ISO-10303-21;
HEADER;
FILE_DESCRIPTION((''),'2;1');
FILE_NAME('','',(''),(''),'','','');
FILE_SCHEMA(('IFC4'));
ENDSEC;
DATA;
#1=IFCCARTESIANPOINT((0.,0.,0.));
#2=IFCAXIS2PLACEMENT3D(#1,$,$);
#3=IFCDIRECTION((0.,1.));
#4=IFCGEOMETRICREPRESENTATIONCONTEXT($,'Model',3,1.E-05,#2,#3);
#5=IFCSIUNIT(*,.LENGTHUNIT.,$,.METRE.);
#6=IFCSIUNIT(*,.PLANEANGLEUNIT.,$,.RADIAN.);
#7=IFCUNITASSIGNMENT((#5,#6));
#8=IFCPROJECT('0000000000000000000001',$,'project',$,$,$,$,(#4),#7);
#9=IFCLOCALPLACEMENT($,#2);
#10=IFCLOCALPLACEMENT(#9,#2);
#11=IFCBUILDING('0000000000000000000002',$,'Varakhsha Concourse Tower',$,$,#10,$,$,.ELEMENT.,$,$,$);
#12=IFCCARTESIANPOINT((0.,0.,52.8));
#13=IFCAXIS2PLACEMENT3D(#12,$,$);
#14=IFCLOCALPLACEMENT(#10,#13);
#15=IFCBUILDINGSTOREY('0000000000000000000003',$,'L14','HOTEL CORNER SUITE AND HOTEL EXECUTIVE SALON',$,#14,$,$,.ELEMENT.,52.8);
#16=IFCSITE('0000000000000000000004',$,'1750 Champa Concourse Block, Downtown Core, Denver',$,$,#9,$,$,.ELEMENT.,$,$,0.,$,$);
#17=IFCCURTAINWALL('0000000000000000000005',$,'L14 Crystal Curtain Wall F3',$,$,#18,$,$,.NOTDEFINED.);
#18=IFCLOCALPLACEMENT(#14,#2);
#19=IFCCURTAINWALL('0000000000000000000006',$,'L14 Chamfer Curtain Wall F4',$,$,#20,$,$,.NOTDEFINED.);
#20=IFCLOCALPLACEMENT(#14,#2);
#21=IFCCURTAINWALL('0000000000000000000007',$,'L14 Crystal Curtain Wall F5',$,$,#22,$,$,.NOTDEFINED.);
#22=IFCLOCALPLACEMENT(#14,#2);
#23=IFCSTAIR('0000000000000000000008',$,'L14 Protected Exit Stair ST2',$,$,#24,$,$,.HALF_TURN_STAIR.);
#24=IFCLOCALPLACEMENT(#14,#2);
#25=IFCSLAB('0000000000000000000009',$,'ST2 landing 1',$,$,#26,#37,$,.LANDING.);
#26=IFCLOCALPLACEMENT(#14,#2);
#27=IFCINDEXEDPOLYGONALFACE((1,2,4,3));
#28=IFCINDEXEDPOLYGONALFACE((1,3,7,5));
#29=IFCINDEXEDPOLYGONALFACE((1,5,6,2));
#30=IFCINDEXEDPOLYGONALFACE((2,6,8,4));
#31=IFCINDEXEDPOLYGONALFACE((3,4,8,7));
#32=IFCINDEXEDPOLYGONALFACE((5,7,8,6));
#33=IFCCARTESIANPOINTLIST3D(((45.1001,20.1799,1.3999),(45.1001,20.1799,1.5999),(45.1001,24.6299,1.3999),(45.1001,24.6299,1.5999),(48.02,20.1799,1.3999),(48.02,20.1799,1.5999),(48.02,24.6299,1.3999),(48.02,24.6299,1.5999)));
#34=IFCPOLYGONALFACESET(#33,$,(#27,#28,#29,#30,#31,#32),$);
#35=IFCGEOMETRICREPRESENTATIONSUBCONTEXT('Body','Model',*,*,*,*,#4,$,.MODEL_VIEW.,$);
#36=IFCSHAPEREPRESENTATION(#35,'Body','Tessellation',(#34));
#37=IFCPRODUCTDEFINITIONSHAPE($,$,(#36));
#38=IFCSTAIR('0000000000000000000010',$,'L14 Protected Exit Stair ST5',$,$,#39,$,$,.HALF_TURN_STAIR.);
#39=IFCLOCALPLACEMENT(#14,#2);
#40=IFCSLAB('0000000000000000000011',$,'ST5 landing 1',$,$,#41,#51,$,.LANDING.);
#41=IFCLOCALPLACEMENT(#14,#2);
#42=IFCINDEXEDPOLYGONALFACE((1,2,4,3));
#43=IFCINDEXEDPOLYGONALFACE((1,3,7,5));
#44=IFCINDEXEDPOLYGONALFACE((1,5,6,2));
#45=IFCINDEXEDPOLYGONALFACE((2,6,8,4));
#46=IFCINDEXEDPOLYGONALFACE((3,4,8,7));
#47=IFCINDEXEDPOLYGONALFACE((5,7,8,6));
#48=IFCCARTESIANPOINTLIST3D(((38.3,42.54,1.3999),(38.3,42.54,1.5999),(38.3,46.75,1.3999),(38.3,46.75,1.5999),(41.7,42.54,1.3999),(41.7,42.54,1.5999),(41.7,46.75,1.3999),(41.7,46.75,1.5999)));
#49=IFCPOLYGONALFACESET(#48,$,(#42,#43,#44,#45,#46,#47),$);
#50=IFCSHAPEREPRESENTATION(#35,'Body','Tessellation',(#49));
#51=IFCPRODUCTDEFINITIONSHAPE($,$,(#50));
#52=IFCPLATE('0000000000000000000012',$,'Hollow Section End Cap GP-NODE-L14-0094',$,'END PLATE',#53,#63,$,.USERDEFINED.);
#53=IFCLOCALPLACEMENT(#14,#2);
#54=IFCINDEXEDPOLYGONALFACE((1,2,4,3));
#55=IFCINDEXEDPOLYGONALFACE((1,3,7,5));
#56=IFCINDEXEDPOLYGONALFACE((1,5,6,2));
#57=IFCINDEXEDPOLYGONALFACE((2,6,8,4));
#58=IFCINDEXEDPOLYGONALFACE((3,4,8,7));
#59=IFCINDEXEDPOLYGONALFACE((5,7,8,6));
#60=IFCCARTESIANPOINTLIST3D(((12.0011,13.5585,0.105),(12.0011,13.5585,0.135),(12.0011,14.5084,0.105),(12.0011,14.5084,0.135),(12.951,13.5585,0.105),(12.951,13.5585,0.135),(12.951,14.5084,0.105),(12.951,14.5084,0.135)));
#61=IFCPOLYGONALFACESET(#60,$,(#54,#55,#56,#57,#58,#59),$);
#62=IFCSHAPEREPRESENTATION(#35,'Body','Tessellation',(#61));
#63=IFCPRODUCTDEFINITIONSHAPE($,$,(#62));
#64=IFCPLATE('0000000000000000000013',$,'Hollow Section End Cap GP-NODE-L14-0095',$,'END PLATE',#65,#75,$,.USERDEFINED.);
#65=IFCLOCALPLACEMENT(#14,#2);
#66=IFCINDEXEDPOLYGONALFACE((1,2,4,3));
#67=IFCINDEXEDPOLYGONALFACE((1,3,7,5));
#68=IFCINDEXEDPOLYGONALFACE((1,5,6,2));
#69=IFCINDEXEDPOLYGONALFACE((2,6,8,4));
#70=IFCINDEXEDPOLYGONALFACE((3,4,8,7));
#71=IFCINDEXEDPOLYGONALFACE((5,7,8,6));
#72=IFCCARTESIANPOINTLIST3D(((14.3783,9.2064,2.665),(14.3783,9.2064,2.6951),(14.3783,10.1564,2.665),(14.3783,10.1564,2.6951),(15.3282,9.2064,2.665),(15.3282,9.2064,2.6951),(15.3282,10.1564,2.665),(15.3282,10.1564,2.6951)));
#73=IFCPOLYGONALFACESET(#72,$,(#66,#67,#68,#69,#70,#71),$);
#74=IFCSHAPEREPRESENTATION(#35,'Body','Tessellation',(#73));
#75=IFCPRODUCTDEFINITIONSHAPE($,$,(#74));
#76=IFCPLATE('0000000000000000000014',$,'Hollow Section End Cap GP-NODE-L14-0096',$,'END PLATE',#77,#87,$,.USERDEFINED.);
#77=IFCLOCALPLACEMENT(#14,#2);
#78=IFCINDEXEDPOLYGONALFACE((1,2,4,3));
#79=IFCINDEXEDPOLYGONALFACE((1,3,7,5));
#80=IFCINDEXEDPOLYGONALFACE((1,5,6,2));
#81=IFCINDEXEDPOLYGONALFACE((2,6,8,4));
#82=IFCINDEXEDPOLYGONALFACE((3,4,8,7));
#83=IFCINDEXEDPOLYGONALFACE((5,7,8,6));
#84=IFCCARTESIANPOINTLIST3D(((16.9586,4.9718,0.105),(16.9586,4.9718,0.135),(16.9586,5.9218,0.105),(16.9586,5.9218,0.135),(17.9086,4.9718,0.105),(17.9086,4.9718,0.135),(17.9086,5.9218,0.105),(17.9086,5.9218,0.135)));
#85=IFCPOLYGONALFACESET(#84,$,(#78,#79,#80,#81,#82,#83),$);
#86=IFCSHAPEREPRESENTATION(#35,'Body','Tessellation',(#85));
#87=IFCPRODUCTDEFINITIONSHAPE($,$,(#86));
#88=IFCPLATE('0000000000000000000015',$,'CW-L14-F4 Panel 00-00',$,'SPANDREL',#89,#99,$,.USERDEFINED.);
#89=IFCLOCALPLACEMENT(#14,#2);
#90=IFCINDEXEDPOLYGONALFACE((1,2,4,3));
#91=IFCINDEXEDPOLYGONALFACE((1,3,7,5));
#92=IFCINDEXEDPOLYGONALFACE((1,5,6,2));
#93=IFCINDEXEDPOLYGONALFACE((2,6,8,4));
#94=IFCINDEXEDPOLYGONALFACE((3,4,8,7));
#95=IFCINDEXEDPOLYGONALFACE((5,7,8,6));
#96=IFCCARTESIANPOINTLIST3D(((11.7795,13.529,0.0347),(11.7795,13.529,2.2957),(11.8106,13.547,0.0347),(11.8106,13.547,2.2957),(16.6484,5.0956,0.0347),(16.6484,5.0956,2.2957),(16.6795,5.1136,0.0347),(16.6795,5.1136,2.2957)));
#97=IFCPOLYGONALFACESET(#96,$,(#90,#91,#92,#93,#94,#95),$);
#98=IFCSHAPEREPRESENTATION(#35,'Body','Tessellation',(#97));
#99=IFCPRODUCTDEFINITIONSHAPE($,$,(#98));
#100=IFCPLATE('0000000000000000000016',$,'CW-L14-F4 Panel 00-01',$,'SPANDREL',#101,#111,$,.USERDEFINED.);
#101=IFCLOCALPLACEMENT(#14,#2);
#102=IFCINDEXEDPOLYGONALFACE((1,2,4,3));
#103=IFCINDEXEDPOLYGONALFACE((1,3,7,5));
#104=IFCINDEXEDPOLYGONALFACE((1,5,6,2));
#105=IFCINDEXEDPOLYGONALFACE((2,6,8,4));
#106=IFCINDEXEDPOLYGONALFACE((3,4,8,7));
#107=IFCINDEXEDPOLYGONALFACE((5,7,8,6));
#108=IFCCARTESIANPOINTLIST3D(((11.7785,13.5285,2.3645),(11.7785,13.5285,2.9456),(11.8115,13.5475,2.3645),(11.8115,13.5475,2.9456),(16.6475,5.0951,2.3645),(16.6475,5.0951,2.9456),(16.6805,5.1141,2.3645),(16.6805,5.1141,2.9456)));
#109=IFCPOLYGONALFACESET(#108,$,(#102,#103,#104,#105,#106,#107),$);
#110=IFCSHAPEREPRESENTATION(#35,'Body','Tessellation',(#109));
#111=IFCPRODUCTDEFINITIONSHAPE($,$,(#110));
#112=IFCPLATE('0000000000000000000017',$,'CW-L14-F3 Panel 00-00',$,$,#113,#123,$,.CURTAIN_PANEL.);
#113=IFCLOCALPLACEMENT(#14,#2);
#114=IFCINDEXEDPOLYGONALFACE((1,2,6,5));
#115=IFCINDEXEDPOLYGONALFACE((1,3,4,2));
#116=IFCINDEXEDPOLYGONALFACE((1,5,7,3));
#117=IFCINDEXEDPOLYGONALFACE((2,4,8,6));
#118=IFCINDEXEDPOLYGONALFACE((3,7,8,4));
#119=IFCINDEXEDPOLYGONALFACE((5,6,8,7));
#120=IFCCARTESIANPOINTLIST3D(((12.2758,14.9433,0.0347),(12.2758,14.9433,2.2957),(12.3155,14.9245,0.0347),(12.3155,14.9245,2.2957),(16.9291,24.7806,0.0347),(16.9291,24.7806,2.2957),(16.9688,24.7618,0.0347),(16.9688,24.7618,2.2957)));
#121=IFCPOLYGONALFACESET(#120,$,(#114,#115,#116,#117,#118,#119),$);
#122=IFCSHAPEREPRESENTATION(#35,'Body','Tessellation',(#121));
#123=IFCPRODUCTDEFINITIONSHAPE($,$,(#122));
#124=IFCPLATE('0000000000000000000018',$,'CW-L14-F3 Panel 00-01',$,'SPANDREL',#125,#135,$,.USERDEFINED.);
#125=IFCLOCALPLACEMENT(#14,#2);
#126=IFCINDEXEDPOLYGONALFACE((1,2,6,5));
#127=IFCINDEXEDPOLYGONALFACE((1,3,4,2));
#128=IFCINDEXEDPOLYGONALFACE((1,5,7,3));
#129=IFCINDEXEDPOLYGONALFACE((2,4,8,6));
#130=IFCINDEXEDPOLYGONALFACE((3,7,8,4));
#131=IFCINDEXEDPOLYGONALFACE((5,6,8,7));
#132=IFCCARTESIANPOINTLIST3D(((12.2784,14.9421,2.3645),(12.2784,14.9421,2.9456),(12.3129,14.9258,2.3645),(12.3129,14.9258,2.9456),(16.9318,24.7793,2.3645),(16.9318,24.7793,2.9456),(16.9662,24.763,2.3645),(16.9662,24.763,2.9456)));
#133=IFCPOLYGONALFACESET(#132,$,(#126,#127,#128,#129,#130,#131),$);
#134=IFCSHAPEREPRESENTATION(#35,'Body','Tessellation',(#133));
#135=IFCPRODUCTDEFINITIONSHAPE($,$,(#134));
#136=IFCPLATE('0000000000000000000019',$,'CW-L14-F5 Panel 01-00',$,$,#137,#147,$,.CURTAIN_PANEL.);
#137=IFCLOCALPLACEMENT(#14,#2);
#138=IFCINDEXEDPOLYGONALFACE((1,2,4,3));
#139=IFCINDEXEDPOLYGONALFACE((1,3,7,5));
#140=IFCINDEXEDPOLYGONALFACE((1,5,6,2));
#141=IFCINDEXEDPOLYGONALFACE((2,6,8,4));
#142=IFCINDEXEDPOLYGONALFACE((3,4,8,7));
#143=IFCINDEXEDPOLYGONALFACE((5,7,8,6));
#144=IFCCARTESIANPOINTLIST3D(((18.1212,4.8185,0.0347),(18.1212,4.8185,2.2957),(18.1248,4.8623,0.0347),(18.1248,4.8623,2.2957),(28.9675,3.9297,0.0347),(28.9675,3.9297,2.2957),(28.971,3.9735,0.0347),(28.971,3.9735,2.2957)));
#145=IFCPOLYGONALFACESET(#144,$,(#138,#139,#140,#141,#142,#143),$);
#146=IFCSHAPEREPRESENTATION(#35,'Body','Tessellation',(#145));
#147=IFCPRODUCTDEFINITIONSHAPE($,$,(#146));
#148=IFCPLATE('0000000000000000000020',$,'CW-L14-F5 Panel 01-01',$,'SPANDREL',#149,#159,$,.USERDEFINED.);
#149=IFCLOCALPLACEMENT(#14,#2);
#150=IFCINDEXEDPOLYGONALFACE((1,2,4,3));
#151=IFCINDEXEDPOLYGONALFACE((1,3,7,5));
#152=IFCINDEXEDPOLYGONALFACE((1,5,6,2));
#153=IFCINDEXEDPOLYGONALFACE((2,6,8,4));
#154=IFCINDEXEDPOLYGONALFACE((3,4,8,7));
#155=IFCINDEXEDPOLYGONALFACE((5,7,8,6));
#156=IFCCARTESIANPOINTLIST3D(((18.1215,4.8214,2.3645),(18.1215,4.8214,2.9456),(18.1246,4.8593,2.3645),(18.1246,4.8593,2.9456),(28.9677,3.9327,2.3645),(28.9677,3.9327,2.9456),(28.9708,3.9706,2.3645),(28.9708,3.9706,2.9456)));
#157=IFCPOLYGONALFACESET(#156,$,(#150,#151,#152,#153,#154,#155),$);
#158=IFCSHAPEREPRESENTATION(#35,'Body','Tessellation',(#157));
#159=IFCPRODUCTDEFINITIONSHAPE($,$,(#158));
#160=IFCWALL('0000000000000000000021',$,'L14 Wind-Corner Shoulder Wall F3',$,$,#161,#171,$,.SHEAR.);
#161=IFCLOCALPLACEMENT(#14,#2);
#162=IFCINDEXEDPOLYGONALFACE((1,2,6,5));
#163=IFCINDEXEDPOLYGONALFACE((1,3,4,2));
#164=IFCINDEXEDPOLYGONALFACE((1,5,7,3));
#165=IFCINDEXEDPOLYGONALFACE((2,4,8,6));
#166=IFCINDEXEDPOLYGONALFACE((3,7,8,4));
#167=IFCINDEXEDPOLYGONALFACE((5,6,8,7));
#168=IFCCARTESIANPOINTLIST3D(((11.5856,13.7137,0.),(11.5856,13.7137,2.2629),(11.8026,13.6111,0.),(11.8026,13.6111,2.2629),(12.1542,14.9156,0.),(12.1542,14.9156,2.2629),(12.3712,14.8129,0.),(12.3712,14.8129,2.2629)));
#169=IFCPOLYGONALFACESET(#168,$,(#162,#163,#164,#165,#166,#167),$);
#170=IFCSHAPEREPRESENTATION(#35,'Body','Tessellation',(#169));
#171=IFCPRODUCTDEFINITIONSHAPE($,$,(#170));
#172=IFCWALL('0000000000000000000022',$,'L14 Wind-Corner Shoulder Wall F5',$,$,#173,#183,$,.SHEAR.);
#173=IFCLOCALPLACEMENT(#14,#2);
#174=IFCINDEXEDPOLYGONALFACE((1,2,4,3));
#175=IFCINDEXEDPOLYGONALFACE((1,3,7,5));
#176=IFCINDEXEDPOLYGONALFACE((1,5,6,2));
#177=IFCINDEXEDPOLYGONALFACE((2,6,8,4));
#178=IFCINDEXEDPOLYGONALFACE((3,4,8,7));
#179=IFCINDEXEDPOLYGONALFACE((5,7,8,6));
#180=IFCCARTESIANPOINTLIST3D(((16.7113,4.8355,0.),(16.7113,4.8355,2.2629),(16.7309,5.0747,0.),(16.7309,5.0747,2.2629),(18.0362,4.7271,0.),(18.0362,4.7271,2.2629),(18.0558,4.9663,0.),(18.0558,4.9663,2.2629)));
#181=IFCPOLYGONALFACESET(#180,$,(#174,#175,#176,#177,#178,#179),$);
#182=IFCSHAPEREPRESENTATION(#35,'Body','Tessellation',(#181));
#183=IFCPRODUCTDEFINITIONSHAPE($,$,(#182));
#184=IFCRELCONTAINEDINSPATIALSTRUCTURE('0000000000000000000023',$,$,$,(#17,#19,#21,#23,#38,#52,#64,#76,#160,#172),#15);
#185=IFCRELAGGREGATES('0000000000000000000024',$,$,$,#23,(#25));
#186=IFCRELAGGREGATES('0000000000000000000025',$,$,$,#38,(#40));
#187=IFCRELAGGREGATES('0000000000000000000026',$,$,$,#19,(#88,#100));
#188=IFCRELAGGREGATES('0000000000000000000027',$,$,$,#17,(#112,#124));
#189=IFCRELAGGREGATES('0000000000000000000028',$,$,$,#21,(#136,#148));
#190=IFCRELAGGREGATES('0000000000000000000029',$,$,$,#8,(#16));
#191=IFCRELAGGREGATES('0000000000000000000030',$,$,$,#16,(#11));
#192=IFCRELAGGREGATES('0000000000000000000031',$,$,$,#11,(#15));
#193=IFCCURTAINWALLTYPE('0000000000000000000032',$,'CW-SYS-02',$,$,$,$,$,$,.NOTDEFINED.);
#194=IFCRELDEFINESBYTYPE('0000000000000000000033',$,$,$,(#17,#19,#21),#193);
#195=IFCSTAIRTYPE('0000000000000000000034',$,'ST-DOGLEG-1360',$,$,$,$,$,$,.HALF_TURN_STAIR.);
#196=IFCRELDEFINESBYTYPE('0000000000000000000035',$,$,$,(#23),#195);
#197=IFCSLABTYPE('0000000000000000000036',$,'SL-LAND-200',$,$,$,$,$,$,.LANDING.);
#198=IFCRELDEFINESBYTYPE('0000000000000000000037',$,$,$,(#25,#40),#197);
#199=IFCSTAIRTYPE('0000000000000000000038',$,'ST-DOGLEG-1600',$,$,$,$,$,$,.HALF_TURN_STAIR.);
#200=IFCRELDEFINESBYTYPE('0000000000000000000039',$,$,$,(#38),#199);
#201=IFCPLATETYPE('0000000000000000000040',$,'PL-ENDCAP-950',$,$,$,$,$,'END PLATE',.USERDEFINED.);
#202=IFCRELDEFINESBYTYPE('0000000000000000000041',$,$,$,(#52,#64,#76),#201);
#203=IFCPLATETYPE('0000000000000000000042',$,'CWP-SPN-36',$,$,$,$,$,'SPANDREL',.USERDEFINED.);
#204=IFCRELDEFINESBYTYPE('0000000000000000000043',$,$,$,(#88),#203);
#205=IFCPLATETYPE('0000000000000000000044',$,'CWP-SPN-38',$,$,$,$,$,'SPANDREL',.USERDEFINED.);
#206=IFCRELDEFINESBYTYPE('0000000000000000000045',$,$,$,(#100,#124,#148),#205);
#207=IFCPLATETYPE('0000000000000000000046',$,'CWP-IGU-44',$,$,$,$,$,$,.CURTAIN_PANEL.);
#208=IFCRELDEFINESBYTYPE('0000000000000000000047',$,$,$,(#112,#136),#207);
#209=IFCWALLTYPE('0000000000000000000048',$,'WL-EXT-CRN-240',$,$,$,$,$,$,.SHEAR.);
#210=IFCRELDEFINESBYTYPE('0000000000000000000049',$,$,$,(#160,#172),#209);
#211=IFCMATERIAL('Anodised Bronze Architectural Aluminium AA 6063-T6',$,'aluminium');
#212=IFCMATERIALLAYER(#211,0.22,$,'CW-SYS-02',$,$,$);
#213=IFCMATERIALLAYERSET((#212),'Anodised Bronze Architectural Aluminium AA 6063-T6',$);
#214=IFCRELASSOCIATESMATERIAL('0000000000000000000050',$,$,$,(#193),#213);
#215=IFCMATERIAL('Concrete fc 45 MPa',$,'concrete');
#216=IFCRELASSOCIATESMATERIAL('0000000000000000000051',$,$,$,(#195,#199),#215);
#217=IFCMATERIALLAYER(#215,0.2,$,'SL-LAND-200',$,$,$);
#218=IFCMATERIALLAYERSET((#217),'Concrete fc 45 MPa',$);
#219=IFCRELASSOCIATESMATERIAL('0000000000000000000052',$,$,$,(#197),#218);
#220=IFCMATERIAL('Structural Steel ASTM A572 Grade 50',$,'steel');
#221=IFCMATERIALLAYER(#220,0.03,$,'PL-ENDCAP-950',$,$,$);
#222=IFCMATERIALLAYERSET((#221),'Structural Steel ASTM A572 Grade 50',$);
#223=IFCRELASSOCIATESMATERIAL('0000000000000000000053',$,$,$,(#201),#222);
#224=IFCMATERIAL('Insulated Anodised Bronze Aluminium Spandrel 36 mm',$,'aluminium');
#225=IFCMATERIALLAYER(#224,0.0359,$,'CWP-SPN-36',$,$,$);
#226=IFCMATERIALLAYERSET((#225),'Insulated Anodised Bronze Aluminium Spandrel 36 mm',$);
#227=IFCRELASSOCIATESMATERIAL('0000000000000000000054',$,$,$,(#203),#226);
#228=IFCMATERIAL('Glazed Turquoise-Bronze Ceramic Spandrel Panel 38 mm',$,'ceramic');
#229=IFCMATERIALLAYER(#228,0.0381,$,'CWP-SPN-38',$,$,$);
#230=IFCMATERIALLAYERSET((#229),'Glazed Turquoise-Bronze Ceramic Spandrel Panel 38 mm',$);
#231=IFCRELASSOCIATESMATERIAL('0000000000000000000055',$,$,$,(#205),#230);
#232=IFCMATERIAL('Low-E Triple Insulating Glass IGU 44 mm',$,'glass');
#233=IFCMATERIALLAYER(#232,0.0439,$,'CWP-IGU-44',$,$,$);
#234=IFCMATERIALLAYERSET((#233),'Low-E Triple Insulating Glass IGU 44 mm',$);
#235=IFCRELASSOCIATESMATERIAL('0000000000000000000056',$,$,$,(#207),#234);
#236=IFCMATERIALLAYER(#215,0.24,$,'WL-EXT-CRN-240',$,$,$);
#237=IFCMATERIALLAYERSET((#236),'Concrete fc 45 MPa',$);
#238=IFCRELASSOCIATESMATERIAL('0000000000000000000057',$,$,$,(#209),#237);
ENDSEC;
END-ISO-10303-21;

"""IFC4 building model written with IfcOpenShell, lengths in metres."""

from ifc_helpers import new_model, si_unit, direction, frame, frame_2d, origin, origin_2d, place, context, subcontext, project, spatial, polyline, rectangle, outline, extrude, source, transform, mapped, material, layer, layer_set, type_object, type_shapes, element, aggregate, save


model = new_model("IFC4")

# Units and contexts
model_context = context("Model", 3, precision=1e-05, world=origin(), true_north=direction((0.0, 1.0)))
body_context = subcontext(model_context, "Body", "Model", "MODEL_VIEW")
ifc_project = project(units=[si_unit("LENGTHUNIT", "METRE"), si_unit("PLANEANGLEUNIT", "RADIAN")], contexts=[model_context])

# Site, building, storey
site_placement = place(None, origin())
site = spatial("IfcSite", under=ifc_project, at=site_placement, Name="1750 Champa Concourse Block, Downtown Core, Denver", CompositionType="ELEMENT", RefElevation=0.0)
building_placement = place(site_placement, origin())
building = spatial("IfcBuilding", under=site, at=building_placement, Name="Varakhsha Concourse Tower", CompositionType="ELEMENT")
storey_placement = place(building_placement, frame((0.0, 0.0, 52.8)))
storey = spatial("IfcBuildingStorey", under=building, at=storey_placement, Name="L14", Description="HOTEL CORNER SUITE AND HOTEL EXECUTIVE SALON", CompositionType="ELEMENT", Elevation=52.8)

# Shared definitions
ifc_material_1 = material(Name="Structural Steel ASTM A572 Grade 50", Category="steel")

# Curtain wall
ifc_material_2 = material(Name="Anodised Bronze Architectural Aluminium AA 6063-T6", Category="aluminium")
ifc_layer_1 = layer(ifc_material_2, 0.22, Name="CW-SYS-02")
ifc_layer_set_1 = layer_set([ifc_layer_1], Name="Anodised Bronze Architectural Aluminium AA 6063-T6")
curtain_wall_type = type_object("IfcCurtainWallType", Name="CW-SYS-02", PredefinedType="NOTDEFINED", material=ifc_layer_set_1)
curtain_wall_1_placement = place(storey_placement, origin())
curtain_wall_1 = element("IfcCurtainWall", 1, at=curtain_wall_1_placement, inside=storey, type_object=curtain_wall_type, Name="L14 Crystal Curtain Wall F3", PredefinedType="NOTDEFINED")

# Curtain wall
curtain_wall_2_placement = place(storey_placement, origin())
curtain_wall_2 = element("IfcCurtainWall", 2, at=curtain_wall_2_placement, inside=storey, type_object=curtain_wall_type, Name="L14 Chamfer Curtain Wall F4", PredefinedType="NOTDEFINED")

# Curtain wall
curtain_wall_3_placement = place(storey_placement, origin())
curtain_wall_3 = element("IfcCurtainWall", 3, at=curtain_wall_3_placement, inside=storey, type_object=curtain_wall_type, Name="L14 Crystal Curtain Wall F5", PredefinedType="NOTDEFINED")

# Shared definitions
ifc_material_3 = material(Name="Concrete fc 45 MPa", Category="concrete")

# Stairs, slabs
stair_type_1 = type_object("IfcStairType", Name="ST-DOGLEG-1360", PredefinedType="HALF_TURN_STAIR", material=ifc_material_3)
ifc_layer_2 = layer(ifc_material_3, 0.2, Name="SL-LAND-200")
ifc_layer_set_2 = layer_set([ifc_layer_2], Name="Concrete fc 45 MPa")
slab_type_1 = type_object("IfcSlabType", Name="SL-LAND-200", PredefinedType="LANDING", material=ifc_layer_set_2)
stair_1_placement = place(storey_placement, origin())
stair_1 = element("IfcStair", 4, at=stair_1_placement, inside=storey, type_object=stair_type_1, Name="L14 Protected Exit Stair ST2", PredefinedType="HALF_TURN_STAIR")
slab_1_placement = place(storey_placement, frame((0.0, 0.0, 1.3999)))
slab_1 = element("IfcSlab", 5, at=slab_1_placement, type_object=slab_type_1, Name="ST2 landing 1", PredefinedType="LANDING", context=body_context, shape_type="SweptSolid", body=[
    extrude(outline(polyline([(48.02, 20.1799), (48.02, 24.6299), (45.1001, 24.6299), (45.1001, 20.1799), (48.02, 20.1799)])), origin(), (0.0, 0.0, 1.0), 0.2),
])
aggregate(stair_1, [slab_1])
stair_type_2 = type_object("IfcStairType", Name="ST-DOGLEG-1600", PredefinedType="HALF_TURN_STAIR", material=ifc_material_3)
stair_2_placement = place(storey_placement, origin())
stair_2 = element("IfcStair", 6, at=stair_2_placement, inside=storey, type_object=stair_type_2, Name="L14 Protected Exit Stair ST5", PredefinedType="HALF_TURN_STAIR")
slab_2_placement = place(storey_placement, frame((0.0, 0.0, 1.3999)))
slab_2 = element("IfcSlab", 7, at=slab_2_placement, type_object=slab_type_1, Name="ST5 landing 1", PredefinedType="LANDING", context=body_context, shape_type="SweptSolid", body=[
    extrude(outline(polyline([(41.7, 42.54), (41.7, 46.75), (38.3, 46.75), (38.3, 42.54), (41.7, 42.54)])), origin(), (0.0, 0.0, 1.0), 0.2),
])
aggregate(stair_2, [slab_2])

# Plates
ifc_layer_3 = layer(ifc_material_1, 0.03, Name="PL-ENDCAP-950")
ifc_layer_set_3 = layer_set([ifc_layer_3], Name="Structural Steel ASTM A572 Grade 50")
plate_type_1 = type_object("IfcPlateType", Name="PL-ENDCAP-950", ElementType="END PLATE", PredefinedType="USERDEFINED", material=ifc_layer_set_3)
shared_shape_1 = source(origin(), body_context, "Body", "SweptSolid", [
    extrude(rectangle(XDim=0.95, YDim=0.95, at=origin_2d()), origin(), (0.0, 0.0, 1.0), 0.03),
])
type_shapes(plate_type_1, [shared_shape_1])
for number, where, z_axis, x_axis, name in (
    (8, (12.4761, 14.0334, 0.105), (0.0, 0.0, 1.0), (1.0, 0.0, 0.0), "Hollow Section End Cap GP-NODE-L14-0094"),
    (9, (14.8533, 9.6814, 2.665), (0.0, 0.0, 1.0), (1.0, 0.0, 0.0), "Hollow Section End Cap GP-NODE-L14-0095"),
    (10, (17.4336, 5.4468, 0.105), (0.0, 0.0, 1.0), (1.0, 0.0, 0.0), "Hollow Section End Cap GP-NODE-L14-0096"),
):
    element("IfcPlate", number, at=place(storey_placement, frame(where, z_axis=z_axis, x_axis=x_axis)), inside=storey, type_object=plate_type_1, Name=name, ObjectType="END PLATE", PredefinedType="USERDEFINED", context=body_context, shape_type="MappedRepresentation", body=[
        mapped(shared_shape_1, transform((0.0, 0.0, 0.0), scale=1.0)),
    ])

# Plates
ifc_material_4 = material(Name="Insulated Anodised Bronze Aluminium Spandrel 36 mm", Category="aluminium")
ifc_layer_4 = layer(ifc_material_4, 0.0359, Name="CWP-SPN-36")
ifc_layer_set_4 = layer_set([ifc_layer_4], Name="Insulated Anodised Bronze Aluminium Spandrel 36 mm")
plate_type_2 = type_object("IfcPlateType", Name="CWP-SPN-36", ElementType="SPANDREL", PredefinedType="USERDEFINED", material=ifc_layer_set_4)
shared_shape_2 = source(origin(), body_context, "Body", "SweptSolid", [
    extrude(rectangle(XDim=9.738, YDim=0.0359, at=origin_2d()), origin(), (0.0, 0.0, 1.0), 2.261),
])
type_shapes(plate_type_2, [shared_shape_2])
plate_1_placement = place(storey_placement, frame((14.2295, 9.3213, 0.0347), z_axis=(0.0, 0.0, 1.0), x_axis=(-0.499994, 0.866029, 0.0)))
plate_1 = element("IfcPlate", 11, at=plate_1_placement, type_object=plate_type_2, Name="CW-L14-F4 Panel 00-00", ObjectType="SPANDREL", PredefinedType="USERDEFINED", context=body_context, shape_type="MappedRepresentation", body=[
    mapped(shared_shape_2, transform((0.0, 0.0, 0.0), scale=1.0)),
])
ifc_material_5 = material(Name="Glazed Turquoise-Bronze Ceramic Spandrel Panel 38 mm", Category="ceramic")
ifc_layer_5 = layer(ifc_material_5, 0.0381, Name="CWP-SPN-38")
ifc_layer_set_5 = layer_set([ifc_layer_5], Name="Glazed Turquoise-Bronze Ceramic Spandrel Panel 38 mm")
plate_type_3 = type_object("IfcPlateType", Name="CWP-SPN-38", ElementType="SPANDREL", PredefinedType="USERDEFINED", material=ifc_layer_set_5)
shared_shape_3 = source(origin(), body_context, "Body", "SweptSolid", [
    extrude(rectangle(XDim=9.738, YDim=0.0381, at=origin_2d()), origin(), (0.0, 0.0, 1.0), 0.5811),
])
plate_2_placement = place(storey_placement, frame((14.2295, 9.3213, 2.3645), z_axis=(0.0, 0.0, 1.0), x_axis=(-0.499994, 0.866029, 0.0)))
plate_2 = element("IfcPlate", 12, at=plate_2_placement, type_object=plate_type_3, Name="CW-L14-F4 Panel 00-01", ObjectType="SPANDREL", PredefinedType="USERDEFINED", context=body_context, shape_type="MappedRepresentation", body=[
    mapped(shared_shape_3, transform((0.0, 0.0, 0.0), scale=1.0)),
])
aggregate(curtain_wall_2, [plate_1, plate_2])
ifc_material_6 = material(Name="Low-E Triple Insulating Glass IGU 44 mm", Category="glass")
ifc_layer_6 = layer(ifc_material_6, 0.0439, Name="CWP-IGU-44")
ifc_layer_set_6 = layer_set([ifc_layer_6], Name="Low-E Triple Insulating Glass IGU 44 mm")
plate_type_4 = type_object("IfcPlateType", Name="CWP-IGU-44", PredefinedType="CURTAIN_PANEL", material=ifc_layer_set_6)
shared_shape_4 = source(origin(), body_context, "Body", "SweptSolid", [
    extrude(rectangle(XDim=10.8823, YDim=0.0439, at=origin_2d()), origin(), (0.0, 0.0, 1.0), 2.261),
])
plate_3_placement = place(storey_placement, frame((14.6223, 19.8525, 0.0347), z_axis=(0.0, 0.0, 1.0), x_axis=(0.427604, 0.903966, 0.0)))
plate_3 = element("IfcPlate", 13, at=plate_3_placement, type_object=plate_type_4, Name="CW-L14-F3 Panel 00-00", PredefinedType="CURTAIN_PANEL", context=body_context, shape_type="MappedRepresentation", body=[
    mapped(shared_shape_4, transform((0.0, 0.0, 0.0), scale=1.0)),
])
shared_shape_5 = source(origin(), body_context, "Body", "SweptSolid", [
    extrude(rectangle(XDim=10.8823, YDim=0.0381, at=origin_2d()), origin(), (0.0, 0.0, 1.0), 0.5811),
])
plate_4_placement = place(storey_placement, frame((14.6223, 19.8525, 2.3645), z_axis=(0.0, 0.0, 1.0), x_axis=(0.427604, 0.903966, 0.0)))
plate_4 = element("IfcPlate", 14, at=plate_4_placement, type_object=plate_type_3, Name="CW-L14-F3 Panel 00-01", ObjectType="SPANDREL", PredefinedType="USERDEFINED", context=body_context, shape_type="MappedRepresentation", body=[
    mapped(shared_shape_5, transform((0.0, 0.0, 0.0), scale=1.0)),
])
aggregate(curtain_wall_1, [plate_3, plate_4])
shared_shape_6 = source(origin(), body_context, "Body", "SweptSolid", [
    extrude(rectangle(XDim=10.8826, YDim=0.0439, at=origin_2d()), origin(), (0.0, 0.0, 1.0), 2.261),
])
type_shapes(plate_type_4, [shared_shape_4, shared_shape_6])
plate_5_placement = place(storey_placement, frame((23.5461, 4.396, 0.0347), z_axis=(0.0, 0.0, 1.0), x_axis=(-0.99666, 0.081664, 0.0)))
plate_5 = element("IfcPlate", 15, at=plate_5_placement, type_object=plate_type_4, Name="CW-L14-F5 Panel 01-00", PredefinedType="CURTAIN_PANEL", context=body_context, shape_type="MappedRepresentation", body=[
    mapped(shared_shape_6, transform((0.0, 0.0, 0.0), scale=1.0)),
])
shared_shape_7 = source(origin(), body_context, "Body", "SweptSolid", [
    extrude(rectangle(XDim=10.8826, YDim=0.0381, at=origin_2d()), origin(), (0.0, 0.0, 1.0), 0.5811),
])
type_shapes(plate_type_3, [shared_shape_3, shared_shape_5, shared_shape_7])
plate_6_placement = place(storey_placement, frame((23.5461, 4.396, 2.3645), z_axis=(0.0, 0.0, 1.0), x_axis=(-0.99666, 0.081664, 0.0)))
plate_6 = element("IfcPlate", 16, at=plate_6_placement, type_object=plate_type_3, Name="CW-L14-F5 Panel 01-01", ObjectType="SPANDREL", PredefinedType="USERDEFINED", context=body_context, shape_type="MappedRepresentation", body=[
    mapped(shared_shape_7, transform((0.0, 0.0, 0.0), scale=1.0)),
])
aggregate(curtain_wall_3, [plate_5, plate_6])

# Walls
ifc_layer_7 = layer(ifc_material_3, 0.24, Name="WL-EXT-CRN-240")
ifc_layer_set_7 = layer_set([ifc_layer_7], Name="Concrete fc 45 MPa")
wall_type_1 = type_object("IfcWallType", Name="WL-EXT-CRN-240", PredefinedType="SHEAR", material=ifc_layer_set_7)
wall_1_placement = place(storey_placement, frame((12.2627, 14.8643, 0.0), z_axis=(0.0, 0.0, 1.0), x_axis=(-0.427644, -0.903947, 0.0)))
element("IfcWall", 17, at=wall_1_placement, inside=storey, type_object=wall_type_1, Name="L14 Wind-Corner Shoulder Wall F3", PredefinedType="SHEAR", context=body_context, shape_type="SweptSolid", body=[
    extrude(rectangle(XDim=1.3296, YDim=0.24, at=frame_2d((0.6648, 0.0))), origin(), (0.0, 0.0, 1.0), 2.2629),
])
wall_2_placement = place(storey_placement, frame((16.7212, 4.9551, 0.0), z_axis=(0.0, 0.0, 1.0), x_axis=(0.99667, -0.081541, 0.0)))
element("IfcWall", 18, at=wall_2_placement, inside=storey, type_object=wall_type_1, Name="L14 Wind-Corner Shoulder Wall F5", PredefinedType="SHEAR", context=body_context, shape_type="SweptSolid", body=[
    extrude(rectangle(XDim=1.3293, YDim=0.24, at=frame_2d((0.6646, 0.0))), origin(), (0.0, 0.0, 1.0), 2.2629),
])

save(model, "model.ifc")
